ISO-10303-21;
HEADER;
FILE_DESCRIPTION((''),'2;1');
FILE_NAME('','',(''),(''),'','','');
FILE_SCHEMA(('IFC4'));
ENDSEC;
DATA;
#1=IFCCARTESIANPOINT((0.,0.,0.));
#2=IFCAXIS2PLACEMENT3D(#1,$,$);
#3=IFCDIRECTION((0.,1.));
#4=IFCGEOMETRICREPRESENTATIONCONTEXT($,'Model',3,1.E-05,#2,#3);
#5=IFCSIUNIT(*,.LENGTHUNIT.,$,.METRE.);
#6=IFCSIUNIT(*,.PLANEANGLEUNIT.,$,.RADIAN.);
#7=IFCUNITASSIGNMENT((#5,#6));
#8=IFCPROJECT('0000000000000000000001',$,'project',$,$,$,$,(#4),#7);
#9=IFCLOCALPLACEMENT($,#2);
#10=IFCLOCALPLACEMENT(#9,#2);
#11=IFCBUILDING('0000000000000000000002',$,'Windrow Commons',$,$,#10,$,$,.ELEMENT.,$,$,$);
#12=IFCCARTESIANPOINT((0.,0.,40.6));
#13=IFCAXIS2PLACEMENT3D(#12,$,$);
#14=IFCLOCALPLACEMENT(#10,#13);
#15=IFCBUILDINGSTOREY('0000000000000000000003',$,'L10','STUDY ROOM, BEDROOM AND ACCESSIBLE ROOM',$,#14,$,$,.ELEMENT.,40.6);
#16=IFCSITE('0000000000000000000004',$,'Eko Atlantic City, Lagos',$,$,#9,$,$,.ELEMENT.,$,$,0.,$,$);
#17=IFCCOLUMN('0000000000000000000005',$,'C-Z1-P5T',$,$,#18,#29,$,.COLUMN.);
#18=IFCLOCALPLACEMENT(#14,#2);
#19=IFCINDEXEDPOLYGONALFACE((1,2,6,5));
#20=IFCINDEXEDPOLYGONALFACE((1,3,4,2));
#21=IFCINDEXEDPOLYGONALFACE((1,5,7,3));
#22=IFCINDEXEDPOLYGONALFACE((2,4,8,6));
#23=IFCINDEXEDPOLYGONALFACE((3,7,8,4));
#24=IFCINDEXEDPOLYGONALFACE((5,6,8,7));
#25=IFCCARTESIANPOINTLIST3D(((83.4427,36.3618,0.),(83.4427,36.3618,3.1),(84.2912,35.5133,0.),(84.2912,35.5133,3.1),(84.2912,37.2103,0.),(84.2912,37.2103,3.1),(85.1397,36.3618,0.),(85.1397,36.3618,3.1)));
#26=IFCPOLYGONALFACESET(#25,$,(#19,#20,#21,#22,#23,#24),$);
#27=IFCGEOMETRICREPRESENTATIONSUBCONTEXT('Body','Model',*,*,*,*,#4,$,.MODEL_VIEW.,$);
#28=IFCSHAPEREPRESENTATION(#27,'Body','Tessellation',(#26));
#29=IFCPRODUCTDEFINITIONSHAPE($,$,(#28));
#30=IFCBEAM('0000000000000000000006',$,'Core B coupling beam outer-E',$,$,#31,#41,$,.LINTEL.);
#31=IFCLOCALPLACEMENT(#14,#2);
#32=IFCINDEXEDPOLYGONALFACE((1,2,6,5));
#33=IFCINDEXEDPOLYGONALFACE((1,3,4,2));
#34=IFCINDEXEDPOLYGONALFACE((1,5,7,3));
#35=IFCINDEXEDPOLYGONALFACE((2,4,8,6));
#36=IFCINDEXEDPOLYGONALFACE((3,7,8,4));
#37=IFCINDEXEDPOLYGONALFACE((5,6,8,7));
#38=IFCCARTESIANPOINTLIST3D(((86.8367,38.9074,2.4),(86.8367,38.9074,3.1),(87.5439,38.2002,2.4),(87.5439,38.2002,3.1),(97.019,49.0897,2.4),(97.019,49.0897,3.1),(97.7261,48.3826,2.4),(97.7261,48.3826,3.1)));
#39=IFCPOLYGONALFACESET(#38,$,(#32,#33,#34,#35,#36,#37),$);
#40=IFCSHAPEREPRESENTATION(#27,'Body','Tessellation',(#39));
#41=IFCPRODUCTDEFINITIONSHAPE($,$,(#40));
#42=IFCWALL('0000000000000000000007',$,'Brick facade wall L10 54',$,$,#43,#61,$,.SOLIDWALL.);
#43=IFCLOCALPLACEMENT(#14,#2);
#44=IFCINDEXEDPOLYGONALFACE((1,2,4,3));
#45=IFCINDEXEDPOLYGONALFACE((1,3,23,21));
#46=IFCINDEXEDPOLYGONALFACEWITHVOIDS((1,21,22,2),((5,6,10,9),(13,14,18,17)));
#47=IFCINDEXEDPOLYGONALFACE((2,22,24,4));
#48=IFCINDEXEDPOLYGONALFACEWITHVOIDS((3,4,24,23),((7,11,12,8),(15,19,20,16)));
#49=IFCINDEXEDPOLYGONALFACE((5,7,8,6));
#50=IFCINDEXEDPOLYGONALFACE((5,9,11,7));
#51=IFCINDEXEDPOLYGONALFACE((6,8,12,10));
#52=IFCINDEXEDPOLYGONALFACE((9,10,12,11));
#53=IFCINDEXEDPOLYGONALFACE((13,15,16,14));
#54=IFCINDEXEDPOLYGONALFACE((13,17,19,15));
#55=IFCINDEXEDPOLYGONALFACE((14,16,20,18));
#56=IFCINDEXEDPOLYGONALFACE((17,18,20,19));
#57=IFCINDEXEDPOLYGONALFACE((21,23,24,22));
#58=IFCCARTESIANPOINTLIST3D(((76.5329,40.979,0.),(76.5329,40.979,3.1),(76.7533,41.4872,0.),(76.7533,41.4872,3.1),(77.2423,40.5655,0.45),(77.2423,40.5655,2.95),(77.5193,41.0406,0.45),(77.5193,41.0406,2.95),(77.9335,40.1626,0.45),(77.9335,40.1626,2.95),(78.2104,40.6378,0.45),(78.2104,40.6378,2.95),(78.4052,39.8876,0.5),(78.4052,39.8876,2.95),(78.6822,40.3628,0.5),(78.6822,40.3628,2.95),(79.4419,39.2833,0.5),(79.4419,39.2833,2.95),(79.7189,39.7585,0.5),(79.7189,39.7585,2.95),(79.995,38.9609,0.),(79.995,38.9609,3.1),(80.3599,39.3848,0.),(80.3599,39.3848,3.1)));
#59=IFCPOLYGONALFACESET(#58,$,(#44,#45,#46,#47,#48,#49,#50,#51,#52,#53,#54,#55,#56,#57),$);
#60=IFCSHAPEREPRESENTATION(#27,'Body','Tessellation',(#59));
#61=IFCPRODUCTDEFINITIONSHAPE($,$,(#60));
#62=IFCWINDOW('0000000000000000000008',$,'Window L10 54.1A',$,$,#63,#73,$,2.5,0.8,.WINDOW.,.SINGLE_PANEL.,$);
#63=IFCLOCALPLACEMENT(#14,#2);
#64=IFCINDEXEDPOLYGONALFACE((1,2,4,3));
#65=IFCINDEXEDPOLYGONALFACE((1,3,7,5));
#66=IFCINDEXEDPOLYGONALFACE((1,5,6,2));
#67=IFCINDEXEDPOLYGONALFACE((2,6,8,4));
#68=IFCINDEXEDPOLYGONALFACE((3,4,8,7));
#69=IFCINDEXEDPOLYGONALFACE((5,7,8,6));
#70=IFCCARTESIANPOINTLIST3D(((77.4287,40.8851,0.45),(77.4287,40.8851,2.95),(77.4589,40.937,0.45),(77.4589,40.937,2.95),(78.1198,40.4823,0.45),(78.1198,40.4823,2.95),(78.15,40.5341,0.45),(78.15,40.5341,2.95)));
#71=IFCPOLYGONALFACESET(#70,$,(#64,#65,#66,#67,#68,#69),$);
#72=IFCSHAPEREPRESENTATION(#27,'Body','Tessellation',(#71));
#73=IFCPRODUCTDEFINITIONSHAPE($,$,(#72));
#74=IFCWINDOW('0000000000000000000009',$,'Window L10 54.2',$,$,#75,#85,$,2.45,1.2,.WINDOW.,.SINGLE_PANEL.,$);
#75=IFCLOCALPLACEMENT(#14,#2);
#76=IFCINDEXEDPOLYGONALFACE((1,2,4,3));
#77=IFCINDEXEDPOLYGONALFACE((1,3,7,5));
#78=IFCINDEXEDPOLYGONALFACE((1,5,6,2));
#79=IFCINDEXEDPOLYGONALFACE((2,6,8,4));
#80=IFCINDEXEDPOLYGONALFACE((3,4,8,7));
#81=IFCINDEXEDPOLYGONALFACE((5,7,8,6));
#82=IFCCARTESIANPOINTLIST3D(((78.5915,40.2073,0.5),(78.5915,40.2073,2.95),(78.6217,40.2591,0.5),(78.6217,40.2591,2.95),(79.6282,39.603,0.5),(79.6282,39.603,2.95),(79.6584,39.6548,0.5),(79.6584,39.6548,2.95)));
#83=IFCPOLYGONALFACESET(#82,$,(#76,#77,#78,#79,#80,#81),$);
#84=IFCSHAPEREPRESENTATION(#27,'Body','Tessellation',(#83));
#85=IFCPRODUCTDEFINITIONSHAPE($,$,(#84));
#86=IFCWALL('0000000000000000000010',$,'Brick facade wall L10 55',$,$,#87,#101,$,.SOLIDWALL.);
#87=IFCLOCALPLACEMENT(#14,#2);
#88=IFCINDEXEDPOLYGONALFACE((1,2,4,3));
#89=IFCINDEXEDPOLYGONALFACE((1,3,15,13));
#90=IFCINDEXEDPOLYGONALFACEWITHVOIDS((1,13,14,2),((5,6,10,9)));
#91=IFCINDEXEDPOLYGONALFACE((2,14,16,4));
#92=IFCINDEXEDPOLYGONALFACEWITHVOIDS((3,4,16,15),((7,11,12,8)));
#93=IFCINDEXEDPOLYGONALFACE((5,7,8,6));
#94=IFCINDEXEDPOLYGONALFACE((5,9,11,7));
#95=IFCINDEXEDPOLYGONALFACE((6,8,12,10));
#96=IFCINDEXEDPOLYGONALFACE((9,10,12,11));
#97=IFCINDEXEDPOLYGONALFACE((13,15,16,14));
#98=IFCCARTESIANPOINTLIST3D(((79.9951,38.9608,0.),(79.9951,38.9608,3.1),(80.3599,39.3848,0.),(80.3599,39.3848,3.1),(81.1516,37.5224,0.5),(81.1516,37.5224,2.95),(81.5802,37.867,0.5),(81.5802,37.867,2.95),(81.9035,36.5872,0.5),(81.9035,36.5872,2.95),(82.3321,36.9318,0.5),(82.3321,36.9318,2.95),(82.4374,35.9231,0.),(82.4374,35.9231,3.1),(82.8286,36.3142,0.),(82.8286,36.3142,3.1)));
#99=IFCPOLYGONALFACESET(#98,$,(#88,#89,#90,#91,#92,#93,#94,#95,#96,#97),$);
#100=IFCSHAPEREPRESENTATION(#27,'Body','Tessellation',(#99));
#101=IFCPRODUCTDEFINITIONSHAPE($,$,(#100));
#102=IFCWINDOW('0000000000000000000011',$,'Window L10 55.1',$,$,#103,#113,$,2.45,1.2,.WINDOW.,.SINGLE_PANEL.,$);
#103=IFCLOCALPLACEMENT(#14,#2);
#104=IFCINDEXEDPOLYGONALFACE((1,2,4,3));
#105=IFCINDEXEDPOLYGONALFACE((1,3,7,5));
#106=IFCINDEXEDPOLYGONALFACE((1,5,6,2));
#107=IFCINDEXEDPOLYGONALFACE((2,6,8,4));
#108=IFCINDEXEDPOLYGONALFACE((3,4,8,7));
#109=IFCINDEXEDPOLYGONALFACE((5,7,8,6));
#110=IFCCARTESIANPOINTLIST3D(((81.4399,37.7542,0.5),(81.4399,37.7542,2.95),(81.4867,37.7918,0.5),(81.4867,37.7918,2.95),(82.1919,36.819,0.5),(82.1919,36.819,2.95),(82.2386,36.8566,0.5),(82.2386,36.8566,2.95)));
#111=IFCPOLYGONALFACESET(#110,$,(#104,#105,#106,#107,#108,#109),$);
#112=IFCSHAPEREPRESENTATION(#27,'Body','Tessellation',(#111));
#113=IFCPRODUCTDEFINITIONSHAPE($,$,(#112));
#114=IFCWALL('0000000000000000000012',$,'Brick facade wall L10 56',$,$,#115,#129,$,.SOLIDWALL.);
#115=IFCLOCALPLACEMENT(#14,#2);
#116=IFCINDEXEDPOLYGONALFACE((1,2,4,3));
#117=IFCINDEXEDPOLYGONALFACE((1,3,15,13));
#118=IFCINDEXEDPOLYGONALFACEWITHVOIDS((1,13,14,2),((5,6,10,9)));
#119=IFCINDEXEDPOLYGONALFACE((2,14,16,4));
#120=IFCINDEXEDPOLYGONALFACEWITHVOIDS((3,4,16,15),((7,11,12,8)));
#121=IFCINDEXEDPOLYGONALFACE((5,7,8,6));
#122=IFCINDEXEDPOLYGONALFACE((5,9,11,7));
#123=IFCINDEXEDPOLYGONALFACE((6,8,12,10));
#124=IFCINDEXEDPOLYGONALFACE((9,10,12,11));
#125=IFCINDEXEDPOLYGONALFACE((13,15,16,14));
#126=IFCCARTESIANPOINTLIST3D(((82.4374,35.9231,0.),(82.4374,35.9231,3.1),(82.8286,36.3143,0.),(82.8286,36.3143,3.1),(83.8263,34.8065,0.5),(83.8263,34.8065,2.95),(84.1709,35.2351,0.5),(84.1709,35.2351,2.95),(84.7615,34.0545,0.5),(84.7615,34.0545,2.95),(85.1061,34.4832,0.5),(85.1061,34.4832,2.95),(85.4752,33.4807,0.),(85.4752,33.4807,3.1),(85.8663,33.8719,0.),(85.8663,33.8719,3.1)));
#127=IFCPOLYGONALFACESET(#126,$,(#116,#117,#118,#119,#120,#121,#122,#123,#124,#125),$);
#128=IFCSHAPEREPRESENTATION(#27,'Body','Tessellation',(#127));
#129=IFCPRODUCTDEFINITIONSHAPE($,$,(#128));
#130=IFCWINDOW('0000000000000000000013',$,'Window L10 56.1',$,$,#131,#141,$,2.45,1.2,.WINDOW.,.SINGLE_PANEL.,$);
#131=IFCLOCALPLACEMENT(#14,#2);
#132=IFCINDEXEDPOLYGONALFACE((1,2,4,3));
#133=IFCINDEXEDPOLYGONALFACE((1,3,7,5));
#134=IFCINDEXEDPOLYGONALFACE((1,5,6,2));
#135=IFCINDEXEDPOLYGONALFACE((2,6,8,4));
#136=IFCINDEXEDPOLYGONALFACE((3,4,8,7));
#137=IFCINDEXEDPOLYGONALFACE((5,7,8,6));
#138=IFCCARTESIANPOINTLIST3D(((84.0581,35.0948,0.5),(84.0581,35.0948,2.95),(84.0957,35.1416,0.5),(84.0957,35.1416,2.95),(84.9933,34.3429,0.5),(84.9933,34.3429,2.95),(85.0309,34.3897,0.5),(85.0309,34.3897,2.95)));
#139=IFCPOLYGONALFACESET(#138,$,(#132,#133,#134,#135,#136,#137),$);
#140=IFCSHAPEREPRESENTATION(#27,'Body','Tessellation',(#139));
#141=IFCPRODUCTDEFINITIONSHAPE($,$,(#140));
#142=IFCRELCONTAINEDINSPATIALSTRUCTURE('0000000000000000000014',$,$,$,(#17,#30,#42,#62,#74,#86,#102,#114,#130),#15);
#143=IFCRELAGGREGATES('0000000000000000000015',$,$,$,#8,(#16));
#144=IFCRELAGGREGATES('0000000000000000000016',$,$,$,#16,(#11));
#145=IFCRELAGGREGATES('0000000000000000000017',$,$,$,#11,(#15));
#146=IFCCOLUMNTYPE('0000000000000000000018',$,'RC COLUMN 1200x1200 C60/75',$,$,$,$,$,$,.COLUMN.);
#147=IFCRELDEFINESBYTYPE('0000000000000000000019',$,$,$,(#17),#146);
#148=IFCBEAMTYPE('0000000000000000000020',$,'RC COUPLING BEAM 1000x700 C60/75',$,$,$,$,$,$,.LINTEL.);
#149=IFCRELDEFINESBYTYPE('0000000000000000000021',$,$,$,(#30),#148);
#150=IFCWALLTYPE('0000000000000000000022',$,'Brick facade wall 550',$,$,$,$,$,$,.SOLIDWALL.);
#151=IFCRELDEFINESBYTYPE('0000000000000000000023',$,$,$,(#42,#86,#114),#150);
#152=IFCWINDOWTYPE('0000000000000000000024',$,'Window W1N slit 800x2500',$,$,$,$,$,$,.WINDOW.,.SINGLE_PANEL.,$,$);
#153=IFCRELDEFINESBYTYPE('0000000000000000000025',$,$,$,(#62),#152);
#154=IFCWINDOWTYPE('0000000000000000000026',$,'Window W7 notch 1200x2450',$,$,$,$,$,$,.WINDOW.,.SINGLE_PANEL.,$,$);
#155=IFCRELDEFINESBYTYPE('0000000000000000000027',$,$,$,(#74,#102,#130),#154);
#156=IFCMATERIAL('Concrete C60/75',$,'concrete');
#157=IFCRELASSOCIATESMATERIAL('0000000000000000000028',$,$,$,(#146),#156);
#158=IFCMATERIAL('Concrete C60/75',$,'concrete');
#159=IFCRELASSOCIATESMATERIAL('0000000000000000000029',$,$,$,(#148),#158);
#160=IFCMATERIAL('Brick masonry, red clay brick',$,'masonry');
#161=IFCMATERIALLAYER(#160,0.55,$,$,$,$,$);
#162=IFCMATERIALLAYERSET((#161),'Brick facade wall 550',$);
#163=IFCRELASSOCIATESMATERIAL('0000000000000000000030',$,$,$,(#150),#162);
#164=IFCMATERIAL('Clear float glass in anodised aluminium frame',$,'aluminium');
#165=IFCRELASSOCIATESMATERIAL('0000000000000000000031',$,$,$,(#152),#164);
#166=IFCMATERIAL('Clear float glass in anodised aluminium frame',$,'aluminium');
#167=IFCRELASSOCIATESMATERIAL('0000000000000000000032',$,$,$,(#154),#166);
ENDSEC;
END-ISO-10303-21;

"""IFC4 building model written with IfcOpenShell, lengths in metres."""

from ifc_helpers import new_model, si_unit, direction, frame, frame_2d, origin, origin_2d, place, context, subcontext, project, spatial, polyline, rectangle, outline, extrude, material, layer, layer_set, material_profile, profile_set, type_object, element, fill, save


model = new_model("IFC4")

# Units and contexts
model_context = context("Model", 3, precision=1e-05, world=origin(), true_north=direction((0.0, 1.0)))
body_context = subcontext(model_context, "Body", "Model", "MODEL_VIEW")
ifc_project = project(units=[si_unit("LENGTHUNIT", "METRE"), si_unit("PLANEANGLEUNIT", "RADIAN")], contexts=[model_context])

# Site, building, storey
site_placement = place(None, origin())
site = spatial("IfcSite", under=ifc_project, at=site_placement, Name="Eko Atlantic City, Lagos", CompositionType="ELEMENT", RefElevation=0.0)
building_placement = place(site_placement, origin())
building = spatial("IfcBuilding", under=site, at=building_placement, Name="Windrow Commons", CompositionType="ELEMENT")
storey_placement = place(building_placement, frame((0.0, 0.0, 40.6)))
storey = spatial("IfcBuildingStorey", under=building, at=storey_placement, Name="L10", Description="STUDY ROOM, BEDROOM AND ACCESSIBLE ROOM", CompositionType="ELEMENT", Elevation=40.6)

# Column
ifc_material_1 = material(Name="Concrete C60/75", Category="concrete")
ifc_material_profile_1 = material_profile(ifc_material_1, rectangle(XDim=1.2, YDim=1.2, at=origin_2d()))
ifc_profile_set_1 = profile_set([ifc_material_profile_1], Name="Concrete C60/75")
column_type = type_object("IfcColumnType", Name="RC COLUMN 1200x1200 C60/75", PredefinedType="COLUMN", material=ifc_profile_set_1)
column_placement = place(storey_placement, frame((84.2912, 36.3618, 0.0), z_axis=(0.0, 0.0, 1.0), x_axis=(0.707107, -0.707107, 0.0)))
element("IfcColumn", 1, at=column_placement, inside=storey, type_object=column_type, Name="C-Z1-P5T", PredefinedType="COLUMN", context=body_context, shape_type="SweptSolid", body=[
    extrude(rectangle(XDim=1.2, YDim=1.2, at=origin_2d()), origin(), (0.0, 0.0, 1.0), 3.1),
])

# Beam
ifc_material_2 = material(Name="Concrete C60/75", Category="concrete")
ifc_material_profile_2 = material_profile(ifc_material_2, rectangle(XDim=1.0, YDim=0.7, at=origin_2d()))
ifc_profile_set_2 = profile_set([ifc_material_profile_2], Name="Concrete C60/75")
beam_type = type_object("IfcBeamType", Name="RC COUPLING BEAM 1000x700 C60/75", PredefinedType="LINTEL", material=ifc_profile_set_2)
beam_placement = place(storey_placement, frame((87.1903, 38.5538, 2.75), z_axis=(0.707103, 0.70711, 0.0), x_axis=(-0.70711, 0.707103, 0.0)))
element("IfcBeam", 2, at=beam_placement, inside=storey, type_object=beam_type, Name="Core B coupling beam outer-E", PredefinedType="LINTEL", context=body_context, shape_type="SweptSolid", body=[
    extrude(rectangle(XDim=1.0, YDim=0.7, at=origin_2d()), origin(), (0.0, 0.0, 1.0), 14.4),
])

# Wall, openings, windows
ifc_material_3 = material(Name="Brick masonry, red clay brick", Category="masonry")
ifc_layer_1 = layer(ifc_material_3, 0.55)
ifc_layer_set_1 = layer_set([ifc_layer_1], Name="Brick facade wall 550")
wall_type_1 = type_object("IfcWallType", Name="Brick facade wall 550", PredefinedType="SOLIDWALL", material=ifc_layer_set_1)
wall_1_placement = place(storey_placement, frame((76.6431, 41.2331, 0.0), z_axis=(0.0, 0.0, 1.0), x_axis=(0.863931, -0.50361, 0.0)))
wall_1 = element("IfcWall", 3, at=wall_1_placement, inside=storey, type_object=wall_type_1, Name="Brick facade wall L10 54", PredefinedType="SOLIDWALL", context=body_context, shape_type="SweptSolid", body=[
    extrude(outline(polyline([(0.0328, -0.275), (4.0401, -0.275), (4.1419, 0.275), (-0.0328, 0.275), (0.0328, -0.275)])), origin(), (0.0, 0.0, 1.0), 3.1),
])
opening_1_placement = place(wall_1_placement, frame((2.1999, 0.0, 0.5)))
opening_1 = element("IfcOpeningElement", 4, at=opening_1_placement, cuts=wall_1, PredefinedType="OPENING", context=body_context, shape_type="SweptSolid", body=[
    extrude(rectangle(XDim=1.2, YDim=2.45, at=frame_2d((0.6, 1.225))), frame((0.0, 0.285, 0.0), z_axis=(0.0, -1.0, 0.0), x_axis=(1.0, 0.0, 0.0)), (0.0, 0.0, 1.0), 0.57),
])
opening_2_placement = place(wall_1_placement, frame((0.8539, 0.0, 0.45)))
opening_2 = element("IfcOpeningElement", 5, at=opening_2_placement, cuts=wall_1, PredefinedType="OPENING", context=body_context, shape_type="SweptSolid", body=[
    extrude(rectangle(XDim=0.8, YDim=2.5, at=frame_2d((0.4, 1.25))), frame((0.0, 0.285, 0.0), z_axis=(0.0, -1.0, 0.0), x_axis=(1.0, 0.0, 0.0)), (0.0, 0.0, 1.0), 0.57),
])
ifc_material_4 = material(Name="Clear float glass in anodised aluminium frame", Category="aluminium")
window_type_1 = type_object("IfcWindowType", Name="Window W1N slit 800x2500", PartitioningType="SINGLE_PANEL", PredefinedType="WINDOW", material=ifc_material_4)
window_1_placement = place(opening_2_placement, origin())
window_1 = element("IfcWindow", 6, at=window_1_placement, inside=storey, type_object=window_type_1, Name="Window L10 54.1A", OverallHeight=2.5, OverallWidth=0.8, PartitioningType="SINGLE_PANEL", PredefinedType="WINDOW", context=body_context, shape_type="SweptSolid", body=[
    extrude(rectangle(XDim=0.8, YDim=2.5, at=frame_2d((0.4, 1.25))), frame((0.0, 0.155, 0.0), z_axis=(0.0, -1.0, 0.0), x_axis=(1.0, 0.0, 0.0)), (0.0, 0.0, 1.0), 0.06),
])
fill(opening_2, window_1)
ifc_material_5 = material(Name="Clear float glass in anodised aluminium frame", Category="aluminium")
window_type_2 = type_object("IfcWindowType", Name="Window W7 notch 1200x2450", PartitioningType="SINGLE_PANEL", PredefinedType="WINDOW", material=ifc_material_5)
window_2_placement = place(opening_1_placement, origin())
window_2 = element("IfcWindow", 7, at=window_2_placement, inside=storey, type_object=window_type_2, Name="Window L10 54.2", OverallHeight=2.45, OverallWidth=1.2, PartitioningType="SINGLE_PANEL", PredefinedType="WINDOW", context=body_context, shape_type="SweptSolid", body=[
    extrude(rectangle(XDim=1.2, YDim=2.45, at=frame_2d((0.6, 1.225))), frame((0.0, 0.155, 0.0), z_axis=(0.0, -1.0, 0.0), x_axis=(1.0, 0.0, 0.0)), (0.0, 0.0, 1.0), 0.06),
])
fill(opening_1, window_2)

# Walls, openings, windows
wall_2_placement = place(storey_placement, frame((80.1775, 39.1728, 0.0), z_axis=(0.0, 0.0, 1.0), x_axis=(0.626595, -0.779345, 0.0)))
wall_2 = element("IfcWall", 8, at=wall_2_placement, inside=storey, type_object=wall_type_1, Name="Brick facade wall L10 55", PredefinedType="SOLIDWALL", context=body_context, shape_type="SweptSolid", body=[
    extrude(outline(polyline([(0.0509, -0.275), (3.9487, -0.275), (3.889, 0.275), (-0.0509, 0.275), (0.0509, -0.275)])), origin(), (0.0, 0.0, 1.0), 3.1),
])
opening_3_placement = place(wall_2_placement, frame((1.8966, 0.0, 0.5)))
opening_3 = element("IfcOpeningElement", 9, at=opening_3_placement, cuts=wall_2, PredefinedType="OPENING", context=body_context, shape_type="SweptSolid", body=[
    extrude(rectangle(XDim=1.2, YDim=2.45, at=frame_2d((0.6, 1.225))), frame((0.0, 0.285, 0.0), z_axis=(0.0, -1.0, 0.0), x_axis=(1.0, 0.0, 0.0)), (0.0, 0.0, 1.0), 0.57),
])
window_3_placement = place(opening_3_placement, origin())
window_3 = element("IfcWindow", 10, at=window_3_placement, inside=storey, type_object=window_type_2, Name="Window L10 55.1", OverallHeight=2.45, OverallWidth=1.2, PartitioningType="SINGLE_PANEL", PredefinedType="WINDOW", context=body_context, shape_type="SweptSolid", body=[
    extrude(rectangle(XDim=1.2, YDim=2.45, at=frame_2d((0.6, 1.225))), frame((0.0, 0.155, 0.0), z_axis=(0.0, -1.0, 0.0), x_axis=(1.0, 0.0, 0.0)), (0.0, 0.0, 1.0), 0.06),
])
fill(opening_3, window_3)
wall_3_placement = place(storey_placement, frame((82.633, 36.1187, 0.0), z_axis=(0.0, 0.0, 1.0), x_axis=(0.779345, -0.626595, 0.0)))
wall_3 = element("IfcWall", 11, at=wall_3_placement, inside=storey, type_object=wall_type_1, Name="Brick facade wall L10 56", PredefinedType="SOLIDWALL", context=body_context, shape_type="SweptSolid", body=[
    extrude(outline(polyline([(-0.0299, -0.275), (3.868, -0.275), (3.9277, 0.275), (0.0299, 0.275), (-0.0299, -0.275)])), origin(), (0.0, 0.0, 1.0), 3.1),
])
opening_4_placement = place(wall_3_placement, frame((1.7522, 0.0, 0.5)))
opening_4 = element("IfcOpeningElement", 12, at=opening_4_placement, cuts=wall_3, PredefinedType="OPENING", context=body_context, shape_type="SweptSolid", body=[
    extrude(rectangle(XDim=1.2, YDim=2.45, at=frame_2d((0.6, 1.225))), frame((0.0, 0.285, 0.0), z_axis=(0.0, -1.0, 0.0), x_axis=(1.0, 0.0, 0.0)), (0.0, 0.0, 1.0), 0.57),
])
window_4_placement = place(opening_4_placement, origin())
window_4 = element("IfcWindow", 13, at=window_4_placement, inside=storey, type_object=window_type_2, Name="Window L10 56.1", OverallHeight=2.45, OverallWidth=1.2, PartitioningType="SINGLE_PANEL", PredefinedType="WINDOW", context=body_context, shape_type="SweptSolid", body=[
    extrude(rectangle(XDim=1.2, YDim=2.45, at=frame_2d((0.6, 1.225))), frame((0.0, 0.155, 0.0), z_axis=(0.0, -1.0, 0.0), x_axis=(1.0, 0.0, 0.0)), (0.0, 0.0, 1.0), 0.06),
])
fill(opening_4, window_4)

save(model, "model.ifc")
